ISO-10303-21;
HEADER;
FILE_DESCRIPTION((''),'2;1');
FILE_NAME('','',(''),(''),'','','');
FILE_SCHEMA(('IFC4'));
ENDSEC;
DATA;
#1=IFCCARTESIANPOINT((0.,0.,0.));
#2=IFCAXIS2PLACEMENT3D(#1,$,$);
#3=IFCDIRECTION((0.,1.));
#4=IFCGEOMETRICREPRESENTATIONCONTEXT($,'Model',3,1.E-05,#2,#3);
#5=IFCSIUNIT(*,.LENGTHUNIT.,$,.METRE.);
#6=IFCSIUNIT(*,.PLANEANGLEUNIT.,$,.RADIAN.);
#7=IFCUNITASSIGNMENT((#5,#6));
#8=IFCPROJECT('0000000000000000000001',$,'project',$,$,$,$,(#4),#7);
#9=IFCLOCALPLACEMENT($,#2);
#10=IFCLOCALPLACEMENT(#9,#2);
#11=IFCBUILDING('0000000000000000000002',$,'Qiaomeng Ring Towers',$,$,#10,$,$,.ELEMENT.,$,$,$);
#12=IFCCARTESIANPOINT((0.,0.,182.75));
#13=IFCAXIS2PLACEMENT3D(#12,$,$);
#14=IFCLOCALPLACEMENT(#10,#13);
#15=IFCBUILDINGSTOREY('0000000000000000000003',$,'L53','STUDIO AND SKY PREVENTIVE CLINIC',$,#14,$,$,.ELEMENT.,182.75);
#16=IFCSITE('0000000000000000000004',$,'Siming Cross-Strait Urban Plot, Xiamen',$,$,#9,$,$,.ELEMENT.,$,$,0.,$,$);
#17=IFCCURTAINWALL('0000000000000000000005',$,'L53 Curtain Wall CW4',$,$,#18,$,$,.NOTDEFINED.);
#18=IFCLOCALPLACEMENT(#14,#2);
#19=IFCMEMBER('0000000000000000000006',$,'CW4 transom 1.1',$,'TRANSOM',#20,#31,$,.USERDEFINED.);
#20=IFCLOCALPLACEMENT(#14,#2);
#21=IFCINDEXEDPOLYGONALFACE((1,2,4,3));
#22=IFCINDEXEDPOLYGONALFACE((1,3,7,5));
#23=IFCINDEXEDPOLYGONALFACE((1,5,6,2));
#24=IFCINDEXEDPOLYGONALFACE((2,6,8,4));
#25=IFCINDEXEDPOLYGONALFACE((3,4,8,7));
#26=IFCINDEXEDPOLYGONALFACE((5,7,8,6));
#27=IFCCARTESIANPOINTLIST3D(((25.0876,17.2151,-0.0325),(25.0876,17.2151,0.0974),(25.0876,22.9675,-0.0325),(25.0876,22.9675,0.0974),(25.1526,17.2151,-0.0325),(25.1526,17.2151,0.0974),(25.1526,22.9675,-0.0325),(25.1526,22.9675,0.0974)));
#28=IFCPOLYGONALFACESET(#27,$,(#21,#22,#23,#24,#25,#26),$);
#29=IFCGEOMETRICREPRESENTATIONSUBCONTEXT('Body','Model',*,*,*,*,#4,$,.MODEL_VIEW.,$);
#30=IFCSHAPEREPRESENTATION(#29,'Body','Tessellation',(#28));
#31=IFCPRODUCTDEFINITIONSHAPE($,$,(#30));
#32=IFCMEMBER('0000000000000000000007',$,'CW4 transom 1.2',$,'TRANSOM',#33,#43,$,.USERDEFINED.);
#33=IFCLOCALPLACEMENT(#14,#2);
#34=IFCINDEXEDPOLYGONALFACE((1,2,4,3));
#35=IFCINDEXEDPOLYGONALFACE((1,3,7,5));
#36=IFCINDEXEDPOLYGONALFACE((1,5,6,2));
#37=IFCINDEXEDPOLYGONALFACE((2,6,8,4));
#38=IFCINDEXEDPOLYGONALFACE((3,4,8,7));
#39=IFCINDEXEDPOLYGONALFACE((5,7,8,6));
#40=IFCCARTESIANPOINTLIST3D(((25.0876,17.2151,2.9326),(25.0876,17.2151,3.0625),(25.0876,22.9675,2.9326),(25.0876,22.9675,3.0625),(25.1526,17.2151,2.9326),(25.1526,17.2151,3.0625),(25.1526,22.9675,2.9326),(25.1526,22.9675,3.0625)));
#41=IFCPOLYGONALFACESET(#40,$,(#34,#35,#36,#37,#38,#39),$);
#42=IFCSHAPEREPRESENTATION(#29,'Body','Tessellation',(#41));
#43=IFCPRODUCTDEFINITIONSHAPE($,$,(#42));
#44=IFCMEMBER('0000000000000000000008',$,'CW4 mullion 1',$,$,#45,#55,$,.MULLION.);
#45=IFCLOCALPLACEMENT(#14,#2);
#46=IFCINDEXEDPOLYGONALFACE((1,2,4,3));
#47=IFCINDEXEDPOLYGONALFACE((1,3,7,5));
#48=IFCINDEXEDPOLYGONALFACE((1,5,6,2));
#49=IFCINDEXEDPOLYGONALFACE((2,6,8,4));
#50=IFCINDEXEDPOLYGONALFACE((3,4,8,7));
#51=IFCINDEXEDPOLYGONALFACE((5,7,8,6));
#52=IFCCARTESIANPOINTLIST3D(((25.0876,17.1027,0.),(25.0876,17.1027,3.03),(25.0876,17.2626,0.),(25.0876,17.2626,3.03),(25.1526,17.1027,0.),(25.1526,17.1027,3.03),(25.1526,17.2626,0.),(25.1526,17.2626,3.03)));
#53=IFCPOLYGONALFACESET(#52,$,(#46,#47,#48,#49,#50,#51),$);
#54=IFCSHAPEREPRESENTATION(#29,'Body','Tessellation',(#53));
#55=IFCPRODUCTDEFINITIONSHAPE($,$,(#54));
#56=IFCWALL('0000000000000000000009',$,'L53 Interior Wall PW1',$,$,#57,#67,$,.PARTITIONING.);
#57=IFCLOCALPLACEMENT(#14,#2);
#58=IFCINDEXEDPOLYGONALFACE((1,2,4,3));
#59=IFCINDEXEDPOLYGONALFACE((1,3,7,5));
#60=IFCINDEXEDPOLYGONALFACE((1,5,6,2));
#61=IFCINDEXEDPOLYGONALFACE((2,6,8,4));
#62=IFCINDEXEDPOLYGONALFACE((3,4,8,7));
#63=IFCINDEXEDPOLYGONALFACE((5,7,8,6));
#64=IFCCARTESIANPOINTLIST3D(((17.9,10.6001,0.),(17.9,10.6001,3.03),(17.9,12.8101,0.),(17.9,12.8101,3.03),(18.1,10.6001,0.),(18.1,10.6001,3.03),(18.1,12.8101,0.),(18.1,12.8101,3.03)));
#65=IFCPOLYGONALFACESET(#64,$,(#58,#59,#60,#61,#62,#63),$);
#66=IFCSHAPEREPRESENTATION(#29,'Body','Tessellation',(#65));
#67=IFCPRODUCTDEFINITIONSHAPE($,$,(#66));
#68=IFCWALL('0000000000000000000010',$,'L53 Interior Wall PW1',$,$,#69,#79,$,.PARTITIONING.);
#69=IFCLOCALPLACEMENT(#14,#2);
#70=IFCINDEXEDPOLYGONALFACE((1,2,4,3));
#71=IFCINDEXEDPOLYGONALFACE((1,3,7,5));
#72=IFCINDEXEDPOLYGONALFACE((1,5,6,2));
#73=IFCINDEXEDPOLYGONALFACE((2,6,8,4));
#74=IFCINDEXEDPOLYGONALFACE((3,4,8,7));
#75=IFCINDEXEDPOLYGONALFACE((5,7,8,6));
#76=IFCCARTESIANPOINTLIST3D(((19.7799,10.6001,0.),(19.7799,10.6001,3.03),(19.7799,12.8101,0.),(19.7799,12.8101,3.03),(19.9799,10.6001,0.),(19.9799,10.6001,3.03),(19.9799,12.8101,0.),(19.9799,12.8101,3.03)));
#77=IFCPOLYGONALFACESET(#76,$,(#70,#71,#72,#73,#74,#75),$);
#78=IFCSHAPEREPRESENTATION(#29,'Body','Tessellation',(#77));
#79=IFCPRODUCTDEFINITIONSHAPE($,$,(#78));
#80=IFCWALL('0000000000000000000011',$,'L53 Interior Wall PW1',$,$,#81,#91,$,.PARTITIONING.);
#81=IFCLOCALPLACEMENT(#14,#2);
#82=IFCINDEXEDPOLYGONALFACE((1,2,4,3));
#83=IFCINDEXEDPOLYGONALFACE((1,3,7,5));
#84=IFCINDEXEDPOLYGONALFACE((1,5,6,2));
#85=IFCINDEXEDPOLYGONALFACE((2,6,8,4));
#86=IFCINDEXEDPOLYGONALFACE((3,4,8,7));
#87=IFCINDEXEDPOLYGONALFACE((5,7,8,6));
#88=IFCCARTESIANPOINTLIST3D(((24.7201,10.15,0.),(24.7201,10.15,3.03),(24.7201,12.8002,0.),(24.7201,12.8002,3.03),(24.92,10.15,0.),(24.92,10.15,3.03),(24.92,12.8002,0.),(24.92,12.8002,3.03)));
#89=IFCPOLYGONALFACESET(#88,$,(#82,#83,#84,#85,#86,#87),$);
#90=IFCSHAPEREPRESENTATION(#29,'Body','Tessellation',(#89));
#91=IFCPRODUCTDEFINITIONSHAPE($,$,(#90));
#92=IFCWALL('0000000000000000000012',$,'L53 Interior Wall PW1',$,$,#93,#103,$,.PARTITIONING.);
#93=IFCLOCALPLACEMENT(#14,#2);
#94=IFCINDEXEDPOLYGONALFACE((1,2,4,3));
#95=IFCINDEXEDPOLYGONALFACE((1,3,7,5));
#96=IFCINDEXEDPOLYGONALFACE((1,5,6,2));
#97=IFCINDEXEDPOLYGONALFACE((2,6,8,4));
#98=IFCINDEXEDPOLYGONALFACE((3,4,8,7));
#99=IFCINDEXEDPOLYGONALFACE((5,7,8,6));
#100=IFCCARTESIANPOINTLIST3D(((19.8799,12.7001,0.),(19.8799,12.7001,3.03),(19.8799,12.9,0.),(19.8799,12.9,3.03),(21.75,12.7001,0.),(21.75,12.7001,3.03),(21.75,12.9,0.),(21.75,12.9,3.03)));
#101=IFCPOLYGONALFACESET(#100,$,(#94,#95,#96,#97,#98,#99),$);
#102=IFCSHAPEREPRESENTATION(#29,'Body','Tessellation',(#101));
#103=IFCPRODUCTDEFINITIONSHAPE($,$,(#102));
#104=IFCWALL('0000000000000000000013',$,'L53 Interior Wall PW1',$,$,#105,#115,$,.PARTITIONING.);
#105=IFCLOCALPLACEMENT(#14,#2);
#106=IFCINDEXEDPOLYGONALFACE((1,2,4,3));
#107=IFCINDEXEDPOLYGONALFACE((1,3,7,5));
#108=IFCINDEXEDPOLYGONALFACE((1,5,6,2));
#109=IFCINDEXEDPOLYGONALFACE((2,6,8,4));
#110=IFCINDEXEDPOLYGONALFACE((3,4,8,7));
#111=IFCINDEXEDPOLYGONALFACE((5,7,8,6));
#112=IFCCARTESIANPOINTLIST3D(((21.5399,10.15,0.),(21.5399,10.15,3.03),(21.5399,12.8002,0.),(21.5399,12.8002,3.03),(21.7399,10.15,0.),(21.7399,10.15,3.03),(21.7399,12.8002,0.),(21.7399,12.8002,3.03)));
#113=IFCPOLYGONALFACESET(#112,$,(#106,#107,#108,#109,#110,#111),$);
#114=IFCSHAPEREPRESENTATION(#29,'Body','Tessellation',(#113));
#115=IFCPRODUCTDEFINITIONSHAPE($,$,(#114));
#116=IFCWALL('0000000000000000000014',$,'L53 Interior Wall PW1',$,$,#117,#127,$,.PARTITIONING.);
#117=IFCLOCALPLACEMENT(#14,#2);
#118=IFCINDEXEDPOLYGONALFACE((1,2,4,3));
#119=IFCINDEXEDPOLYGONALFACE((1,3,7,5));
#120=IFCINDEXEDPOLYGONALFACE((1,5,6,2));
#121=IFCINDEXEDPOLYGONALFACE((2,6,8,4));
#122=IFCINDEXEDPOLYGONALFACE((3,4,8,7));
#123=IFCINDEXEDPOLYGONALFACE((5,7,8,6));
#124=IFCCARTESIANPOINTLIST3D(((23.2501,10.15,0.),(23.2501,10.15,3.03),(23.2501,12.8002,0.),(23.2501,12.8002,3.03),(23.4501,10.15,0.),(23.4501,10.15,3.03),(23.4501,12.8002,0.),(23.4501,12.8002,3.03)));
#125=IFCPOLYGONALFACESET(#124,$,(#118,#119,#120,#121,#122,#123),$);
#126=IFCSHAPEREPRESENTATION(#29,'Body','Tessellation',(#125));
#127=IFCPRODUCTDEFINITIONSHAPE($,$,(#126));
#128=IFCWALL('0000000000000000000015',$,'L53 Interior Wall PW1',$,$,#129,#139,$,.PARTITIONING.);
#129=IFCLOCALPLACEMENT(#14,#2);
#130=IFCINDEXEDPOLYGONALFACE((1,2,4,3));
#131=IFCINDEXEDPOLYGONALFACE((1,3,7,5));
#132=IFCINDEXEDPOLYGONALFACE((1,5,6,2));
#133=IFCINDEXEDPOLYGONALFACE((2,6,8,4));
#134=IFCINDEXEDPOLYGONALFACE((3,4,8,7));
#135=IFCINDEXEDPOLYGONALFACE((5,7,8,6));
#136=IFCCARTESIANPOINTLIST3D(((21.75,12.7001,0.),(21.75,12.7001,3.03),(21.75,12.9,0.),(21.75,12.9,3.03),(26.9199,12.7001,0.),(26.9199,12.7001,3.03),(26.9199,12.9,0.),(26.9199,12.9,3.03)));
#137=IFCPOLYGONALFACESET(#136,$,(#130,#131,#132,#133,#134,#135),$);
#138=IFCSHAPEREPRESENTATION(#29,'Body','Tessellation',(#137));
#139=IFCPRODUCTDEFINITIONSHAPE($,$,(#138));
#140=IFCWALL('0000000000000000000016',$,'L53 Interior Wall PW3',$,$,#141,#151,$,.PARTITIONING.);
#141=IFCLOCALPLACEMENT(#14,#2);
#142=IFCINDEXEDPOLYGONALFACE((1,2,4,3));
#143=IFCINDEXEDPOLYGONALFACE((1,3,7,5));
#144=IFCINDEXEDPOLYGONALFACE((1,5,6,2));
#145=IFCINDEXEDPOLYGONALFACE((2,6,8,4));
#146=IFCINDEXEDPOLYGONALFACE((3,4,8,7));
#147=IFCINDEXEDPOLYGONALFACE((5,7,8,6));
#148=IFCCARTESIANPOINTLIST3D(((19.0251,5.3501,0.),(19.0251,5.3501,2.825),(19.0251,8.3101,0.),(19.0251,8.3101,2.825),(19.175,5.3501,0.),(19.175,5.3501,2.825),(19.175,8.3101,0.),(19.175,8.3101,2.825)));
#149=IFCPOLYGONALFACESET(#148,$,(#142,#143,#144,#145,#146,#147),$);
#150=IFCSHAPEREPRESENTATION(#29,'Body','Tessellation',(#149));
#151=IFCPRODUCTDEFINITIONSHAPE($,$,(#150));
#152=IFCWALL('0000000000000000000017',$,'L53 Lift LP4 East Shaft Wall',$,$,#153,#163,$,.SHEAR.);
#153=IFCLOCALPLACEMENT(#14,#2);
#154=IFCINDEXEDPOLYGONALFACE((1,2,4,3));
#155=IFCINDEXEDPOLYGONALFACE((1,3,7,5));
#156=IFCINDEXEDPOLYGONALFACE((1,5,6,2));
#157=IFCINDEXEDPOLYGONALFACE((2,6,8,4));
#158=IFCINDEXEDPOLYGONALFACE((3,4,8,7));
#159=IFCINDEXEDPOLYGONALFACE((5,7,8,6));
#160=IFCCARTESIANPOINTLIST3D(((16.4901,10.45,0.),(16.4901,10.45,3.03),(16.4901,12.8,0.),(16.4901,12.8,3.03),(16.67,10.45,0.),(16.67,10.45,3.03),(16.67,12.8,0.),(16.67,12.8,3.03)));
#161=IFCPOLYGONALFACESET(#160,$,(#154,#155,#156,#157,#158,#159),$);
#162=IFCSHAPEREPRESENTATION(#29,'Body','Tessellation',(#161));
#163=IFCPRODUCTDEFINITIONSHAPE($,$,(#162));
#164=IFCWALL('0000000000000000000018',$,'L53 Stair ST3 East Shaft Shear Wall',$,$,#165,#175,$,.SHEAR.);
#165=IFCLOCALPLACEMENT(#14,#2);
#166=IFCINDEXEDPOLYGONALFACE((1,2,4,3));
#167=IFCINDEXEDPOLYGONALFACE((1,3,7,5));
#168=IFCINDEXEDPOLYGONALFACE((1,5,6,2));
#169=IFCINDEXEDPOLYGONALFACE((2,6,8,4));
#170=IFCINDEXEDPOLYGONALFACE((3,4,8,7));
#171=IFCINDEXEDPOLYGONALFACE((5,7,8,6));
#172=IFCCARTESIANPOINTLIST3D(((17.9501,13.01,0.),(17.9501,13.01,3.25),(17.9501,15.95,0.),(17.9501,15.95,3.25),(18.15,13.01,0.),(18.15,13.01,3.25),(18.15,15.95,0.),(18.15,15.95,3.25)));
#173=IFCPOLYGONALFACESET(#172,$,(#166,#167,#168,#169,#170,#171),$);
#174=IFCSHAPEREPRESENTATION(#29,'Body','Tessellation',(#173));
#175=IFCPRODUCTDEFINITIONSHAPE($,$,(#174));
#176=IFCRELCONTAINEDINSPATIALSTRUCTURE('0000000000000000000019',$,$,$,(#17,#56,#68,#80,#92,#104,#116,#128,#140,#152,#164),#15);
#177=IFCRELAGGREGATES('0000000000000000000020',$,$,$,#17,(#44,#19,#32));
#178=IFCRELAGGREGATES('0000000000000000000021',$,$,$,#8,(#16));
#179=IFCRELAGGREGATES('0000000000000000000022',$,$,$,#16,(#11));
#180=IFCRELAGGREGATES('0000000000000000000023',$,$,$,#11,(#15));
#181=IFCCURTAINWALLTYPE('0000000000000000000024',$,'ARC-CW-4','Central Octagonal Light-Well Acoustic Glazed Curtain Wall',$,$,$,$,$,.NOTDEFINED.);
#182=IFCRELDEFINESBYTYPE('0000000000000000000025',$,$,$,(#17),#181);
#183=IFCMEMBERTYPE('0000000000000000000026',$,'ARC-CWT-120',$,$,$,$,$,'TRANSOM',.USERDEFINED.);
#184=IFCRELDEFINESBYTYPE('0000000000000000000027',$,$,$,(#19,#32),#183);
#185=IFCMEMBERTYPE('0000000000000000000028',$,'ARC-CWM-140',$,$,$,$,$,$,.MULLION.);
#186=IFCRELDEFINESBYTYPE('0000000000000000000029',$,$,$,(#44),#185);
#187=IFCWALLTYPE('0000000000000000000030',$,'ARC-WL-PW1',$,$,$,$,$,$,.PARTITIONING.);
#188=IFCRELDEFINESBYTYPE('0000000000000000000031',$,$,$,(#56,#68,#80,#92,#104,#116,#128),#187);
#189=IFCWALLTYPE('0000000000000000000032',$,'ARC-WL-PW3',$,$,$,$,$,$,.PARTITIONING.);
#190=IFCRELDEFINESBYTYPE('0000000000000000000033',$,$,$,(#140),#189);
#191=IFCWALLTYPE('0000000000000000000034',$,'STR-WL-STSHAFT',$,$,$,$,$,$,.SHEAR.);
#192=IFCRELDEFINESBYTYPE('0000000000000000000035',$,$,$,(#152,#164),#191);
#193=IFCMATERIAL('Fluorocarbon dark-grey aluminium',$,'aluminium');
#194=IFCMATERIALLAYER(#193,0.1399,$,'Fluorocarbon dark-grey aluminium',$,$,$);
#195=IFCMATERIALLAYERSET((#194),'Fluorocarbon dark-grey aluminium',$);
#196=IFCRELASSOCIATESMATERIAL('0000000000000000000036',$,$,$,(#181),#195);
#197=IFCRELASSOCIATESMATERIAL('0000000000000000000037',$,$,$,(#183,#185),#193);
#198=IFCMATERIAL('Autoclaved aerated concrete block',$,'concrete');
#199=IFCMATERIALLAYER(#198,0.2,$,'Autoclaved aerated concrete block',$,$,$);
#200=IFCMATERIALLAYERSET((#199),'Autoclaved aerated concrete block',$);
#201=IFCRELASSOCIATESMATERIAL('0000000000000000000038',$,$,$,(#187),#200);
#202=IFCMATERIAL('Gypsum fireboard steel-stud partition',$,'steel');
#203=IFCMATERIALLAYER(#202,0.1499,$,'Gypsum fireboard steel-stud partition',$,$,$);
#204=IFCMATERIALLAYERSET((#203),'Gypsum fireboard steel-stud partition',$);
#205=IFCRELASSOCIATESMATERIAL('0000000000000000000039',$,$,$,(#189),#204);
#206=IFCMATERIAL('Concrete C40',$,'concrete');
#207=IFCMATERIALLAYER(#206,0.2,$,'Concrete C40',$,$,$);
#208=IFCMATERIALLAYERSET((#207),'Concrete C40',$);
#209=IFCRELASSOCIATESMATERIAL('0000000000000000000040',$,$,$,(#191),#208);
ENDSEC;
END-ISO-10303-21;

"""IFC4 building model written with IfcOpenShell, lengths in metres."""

from ifc_helpers import new_model, si_unit, direction, frame, frame_2d, origin, origin_2d, place, context, subcontext, project, spatial, rectangle, extrude, source, transform, mapped, material, layer, layer_set, material_profile, profile_set, type_object, element, aggregate, save


model = new_model("IFC4")

# Units and contexts
model_context = context("Model", 3, precision=1e-05, world=origin(), true_north=direction((0.0, 1.0)))
body_context = subcontext(model_context, "Body", "Model", "MODEL_VIEW")
ifc_project = project(units=[si_unit("LENGTHUNIT", "METRE"), si_unit("PLANEANGLEUNIT", "RADIAN")], contexts=[model_context])

# Site, building, storey
site_placement = place(None, origin())
site = spatial("IfcSite", under=ifc_project, at=site_placement, Name="Siming Cross-Strait Urban Plot, Xiamen", CompositionType="ELEMENT", RefElevation=0.0)
building_placement = place(site_placement, origin())
building = spatial("IfcBuilding", under=site, at=building_placement, Name="Qiaomeng Ring Towers", CompositionType="ELEMENT")
storey_placement = place(building_placement, frame((0.0, 0.0, 182.75)))
storey = spatial("IfcBuildingStorey", under=building, at=storey_placement, Name="L53", Description="STUDIO AND SKY PREVENTIVE CLINIC", CompositionType="ELEMENT", Elevation=182.75)

# Curtain wall, members
ifc_material_1 = material(Name="Fluorocarbon dark-grey aluminium", Category="aluminium")
ifc_layer_1 = layer(ifc_material_1, 0.1399, Name="Fluorocarbon dark-grey aluminium")
ifc_layer_set_1 = layer_set([ifc_layer_1], Name="Fluorocarbon dark-grey aluminium")
curtain_wall_type = type_object("IfcCurtainWallType", Name="ARC-CW-4", Description="Central Octagonal Light-Well Acoustic Glazed Curtain Wall", PredefinedType="NOTDEFINED", material=ifc_layer_set_1)
curtain_wall_placement = place(storey_placement, origin())
curtain_wall = element("IfcCurtainWall", 1, at=curtain_wall_placement, inside=storey, type_object=curtain_wall_type, Name="L53 Curtain Wall CW4", PredefinedType="NOTDEFINED")
ifc_material_profile_1 = material_profile(ifc_material_1, rectangle(XDim=0.0649, YDim=0.1299, at=origin_2d()), Name="ALU TRAN 65x130")
ifc_profile_set_1 = profile_set([ifc_material_profile_1], Name="Fluorocarbon dark-grey aluminium")
member_type_1 = type_object("IfcMemberType", Name="ARC-CWT-120", ElementType="TRANSOM", PredefinedType="USERDEFINED", material=ifc_profile_set_1)
shared_shape_1 = source(origin(), body_context, "Body", "SweptSolid", [
    extrude(rectangle(XDim=0.0649, YDim=0.1299, at=origin_2d()), origin(), (0.0, 0.0, 1.0), 5.7524),
])
member_1_placement = place(storey_placement, frame((25.1201, 17.2151, 0.0325), z_axis=(0.0, 1.0, 0.0), x_axis=(-1.0, 0.0, 0.0)))
member_1 = element("IfcMember", 2, at=member_1_placement, type_object=member_type_1, Name="CW4 transom 1.1", ObjectType="TRANSOM", PredefinedType="USERDEFINED", context=body_context, shape_type="MappedRepresentation", body=[
    mapped(shared_shape_1, transform((0.0, 0.0, 0.0), x_axis=(1.0, 0.0, 0.0), y_axis=(0.0, 1.0, 0.0), z_axis=(0.0, 0.0, 1.0), scale=1.0)),
])
member_2_placement = place(storey_placement, frame((25.1201, 17.2151, 2.9976), z_axis=(0.0, 1.0, 0.0), x_axis=(-1.0, 0.0, 0.0)))
member_2 = element("IfcMember", 3, at=member_2_placement, type_object=member_type_1, Name="CW4 transom 1.2", ObjectType="TRANSOM", PredefinedType="USERDEFINED", context=body_context, shape_type="MappedRepresentation", body=[
    mapped(shared_shape_1, transform((0.0, 0.0, 0.0), x_axis=(1.0, 0.0, 0.0), y_axis=(0.0, 1.0, 0.0), z_axis=(0.0, 0.0, 1.0), scale=1.0)),
])
ifc_material_profile_2 = material_profile(ifc_material_1, rectangle(XDim=0.0649, YDim=0.1599, at=origin_2d()), Name="ALU MULL 65x160")
ifc_profile_set_2 = profile_set([ifc_material_profile_2], Name="Fluorocarbon dark-grey aluminium")
member_type_2 = type_object("IfcMemberType", Name="ARC-CWM-140", PredefinedType="MULLION", material=ifc_profile_set_2)
shared_shape_2 = source(origin(), body_context, "Body", "SweptSolid", [
    extrude(rectangle(XDim=0.0649, YDim=0.1599, at=origin_2d()), origin(), (0.0, 0.0, 1.0), 3.03),
])
member_3_placement = place(storey_placement, frame((25.1201, 17.1826, 0.0), z_axis=(0.0, 0.0, 1.0), x_axis=(-1.0, 0.0, 0.0)))
member_3 = element("IfcMember", 4, at=member_3_placement, type_object=member_type_2, Name="CW4 mullion 1", PredefinedType="MULLION", context=body_context, shape_type="MappedRepresentation", body=[
    mapped(shared_shape_2, transform((0.0, 0.0, 0.0), x_axis=(1.0, 0.0, 0.0), y_axis=(0.0, 1.0, 0.0), z_axis=(0.0, 0.0, 1.0), scale=1.0)),
])
aggregate(curtain_wall, [member_3, member_1, member_2])

# Walls
ifc_material_2 = material(Name="Autoclaved aerated concrete block", Category="concrete")
ifc_layer_2 = layer(ifc_material_2, 0.2, Name="Autoclaved aerated concrete block")
ifc_layer_set_2 = layer_set([ifc_layer_2], Name="Autoclaved aerated concrete block")
wall_type_1 = type_object("IfcWallType", Name="ARC-WL-PW1", PredefinedType="PARTITIONING", material=ifc_layer_set_2)
for number, where, z_axis, x_axis, name in (
    (5, (18.0, 10.6001, 0.0), (0.0, 0.0, 1.0), (0.0, 1.0, 0.0), "L53 Interior Wall PW1"),
    (6, (19.8799, 10.6001, 0.0), (0.0, 0.0, 1.0), (0.0, 1.0, 0.0), "L53 Interior Wall PW1"),
):
    element("IfcWall", number, at=place(storey_placement, frame(where, z_axis=z_axis, x_axis=x_axis)), inside=storey, type_object=wall_type_1, Name=name, PredefinedType="PARTITIONING", context=body_context, shape_type="SweptSolid", body=[
        extrude(rectangle(XDim=2.21, YDim=0.2, at=frame_2d((1.105, 0.0))), origin(), (0.0, 0.0, 1.0), 3.03),
    ])
wall_1_placement = place(storey_placement, frame((24.8201, 10.1499, 0.0), z_axis=(0.0, 0.0, 1.0), x_axis=(0.0, 1.0, 0.0)))
element("IfcWall", 7, at=wall_1_placement, inside=storey, type_object=wall_type_1, Name="L53 Interior Wall PW1", PredefinedType="PARTITIONING", context=body_context, shape_type="SweptSolid", body=[
    extrude(rectangle(XDim=2.6501, YDim=0.2, at=frame_2d((1.3252, 0.0))), origin(), (0.0, 0.0, 1.0), 3.03),
])
wall_2_placement = place(storey_placement, frame((19.8799, 12.8, 0.0), z_axis=(0.0, 0.0, 1.0), x_axis=(1.0, 0.0, 0.0)))
element("IfcWall", 8, at=wall_2_placement, inside=storey, type_object=wall_type_1, Name="L53 Interior Wall PW1", PredefinedType="PARTITIONING", context=body_context, shape_type="SweptSolid", body=[
    extrude(rectangle(XDim=1.8701, YDim=0.2, at=frame_2d((0.9351, 0.0))), origin(), (0.0, 0.0, 1.0), 3.03),
])
for number, where, z_axis, x_axis, name in (
    (9, (21.6399, 10.1499, 0.0), (0.0, 0.0, 1.0), (0.0, 1.0, 0.0), "L53 Interior Wall PW1"),
    (10, (23.3501, 10.1499, 0.0), (0.0, 0.0, 1.0), (0.0, 1.0, 0.0), "L53 Interior Wall PW1"),
):
    element("IfcWall", number, at=place(storey_placement, frame(where, z_axis=z_axis, x_axis=x_axis)), inside=storey, type_object=wall_type_1, Name=name, PredefinedType="PARTITIONING", context=body_context, shape_type="SweptSolid", body=[
        extrude(rectangle(XDim=2.6501, YDim=0.2, at=frame_2d((1.3252, 0.0))), origin(), (0.0, 0.0, 1.0), 3.03),
    ])
wall_3_placement = place(storey_placement, frame((21.75, 12.8, 0.0), z_axis=(0.0, 0.0, 1.0), x_axis=(1.0, 0.0, 0.0)))
element("IfcWall", 11, at=wall_3_placement, inside=storey, type_object=wall_type_1, Name="L53 Interior Wall PW1", PredefinedType="PARTITIONING", context=body_context, shape_type="SweptSolid", body=[
    extrude(rectangle(XDim=5.1699, YDim=0.2, at=frame_2d((2.585, 0.0))), origin(), (0.0, 0.0, 1.0), 3.03),
])
ifc_material_3 = material(Name="Gypsum fireboard steel-stud partition", Category="steel")
ifc_layer_3 = layer(ifc_material_3, 0.1499, Name="Gypsum fireboard steel-stud partition")
ifc_layer_set_3 = layer_set([ifc_layer_3], Name="Gypsum fireboard steel-stud partition")
wall_type_2 = type_object("IfcWallType", Name="ARC-WL-PW3", PredefinedType="PARTITIONING", material=ifc_layer_set_3)
wall_4_placement = place(storey_placement, frame((19.1001, 5.3501, 0.0), z_axis=(0.0, 0.0, 1.0), x_axis=(0.0, 1.0, 0.0)))
element("IfcWall", 12, at=wall_4_placement, inside=storey, type_object=wall_type_2, Name="L53 Interior Wall PW3", PredefinedType="PARTITIONING", context=body_context, shape_type="SweptSolid", body=[
    extrude(rectangle(XDim=2.96, YDim=0.1499, at=frame_2d((1.48, 0.0))), origin(), (0.0, 0.0, 1.0), 2.825),
])
ifc_material_4 = material(Name="Concrete C40", Category="concrete")
ifc_layer_4 = layer(ifc_material_4, 0.2, Name="Concrete C40")
ifc_layer_set_4 = layer_set([ifc_layer_4], Name="Concrete C40")
wall_type_3 = type_object("IfcWallType", Name="STR-WL-STSHAFT", PredefinedType="SHEAR", material=ifc_layer_set_4)
wall_5_placement = place(storey_placement, frame((16.5801, 10.45, 0.0), z_axis=(0.0, 0.0, 1.0), x_axis=(0.0, 1.0, 0.0)))
element("IfcWall", 13, at=wall_5_placement, inside=storey, type_object=wall_type_3, Name="L53 Lift LP4 East Shaft Wall", PredefinedType="SHEAR", context=body_context, shape_type="SweptSolid", body=[
    extrude(rectangle(XDim=2.3501, YDim=0.1799, at=frame_2d((1.175, 0.0))), origin(), (0.0, 0.0, 1.0), 3.03),
])
wall_6_placement = place(storey_placement, frame((18.05, 13.01, 0.0), z_axis=(0.0, 0.0, 1.0), x_axis=(0.0, 1.0, 0.0)))
element("IfcWall", 14, at=wall_6_placement, inside=storey, type_object=wall_type_3, Name="L53 Stair ST3 East Shaft Shear Wall", PredefinedType="SHEAR", context=body_context, shape_type="SweptSolid", body=[
    extrude(rectangle(XDim=2.9399, YDim=0.2, at=frame_2d((1.47, 0.0))), origin(), (0.0, 0.0, 1.0), 3.25),
])

save(model, "model.ifc")
